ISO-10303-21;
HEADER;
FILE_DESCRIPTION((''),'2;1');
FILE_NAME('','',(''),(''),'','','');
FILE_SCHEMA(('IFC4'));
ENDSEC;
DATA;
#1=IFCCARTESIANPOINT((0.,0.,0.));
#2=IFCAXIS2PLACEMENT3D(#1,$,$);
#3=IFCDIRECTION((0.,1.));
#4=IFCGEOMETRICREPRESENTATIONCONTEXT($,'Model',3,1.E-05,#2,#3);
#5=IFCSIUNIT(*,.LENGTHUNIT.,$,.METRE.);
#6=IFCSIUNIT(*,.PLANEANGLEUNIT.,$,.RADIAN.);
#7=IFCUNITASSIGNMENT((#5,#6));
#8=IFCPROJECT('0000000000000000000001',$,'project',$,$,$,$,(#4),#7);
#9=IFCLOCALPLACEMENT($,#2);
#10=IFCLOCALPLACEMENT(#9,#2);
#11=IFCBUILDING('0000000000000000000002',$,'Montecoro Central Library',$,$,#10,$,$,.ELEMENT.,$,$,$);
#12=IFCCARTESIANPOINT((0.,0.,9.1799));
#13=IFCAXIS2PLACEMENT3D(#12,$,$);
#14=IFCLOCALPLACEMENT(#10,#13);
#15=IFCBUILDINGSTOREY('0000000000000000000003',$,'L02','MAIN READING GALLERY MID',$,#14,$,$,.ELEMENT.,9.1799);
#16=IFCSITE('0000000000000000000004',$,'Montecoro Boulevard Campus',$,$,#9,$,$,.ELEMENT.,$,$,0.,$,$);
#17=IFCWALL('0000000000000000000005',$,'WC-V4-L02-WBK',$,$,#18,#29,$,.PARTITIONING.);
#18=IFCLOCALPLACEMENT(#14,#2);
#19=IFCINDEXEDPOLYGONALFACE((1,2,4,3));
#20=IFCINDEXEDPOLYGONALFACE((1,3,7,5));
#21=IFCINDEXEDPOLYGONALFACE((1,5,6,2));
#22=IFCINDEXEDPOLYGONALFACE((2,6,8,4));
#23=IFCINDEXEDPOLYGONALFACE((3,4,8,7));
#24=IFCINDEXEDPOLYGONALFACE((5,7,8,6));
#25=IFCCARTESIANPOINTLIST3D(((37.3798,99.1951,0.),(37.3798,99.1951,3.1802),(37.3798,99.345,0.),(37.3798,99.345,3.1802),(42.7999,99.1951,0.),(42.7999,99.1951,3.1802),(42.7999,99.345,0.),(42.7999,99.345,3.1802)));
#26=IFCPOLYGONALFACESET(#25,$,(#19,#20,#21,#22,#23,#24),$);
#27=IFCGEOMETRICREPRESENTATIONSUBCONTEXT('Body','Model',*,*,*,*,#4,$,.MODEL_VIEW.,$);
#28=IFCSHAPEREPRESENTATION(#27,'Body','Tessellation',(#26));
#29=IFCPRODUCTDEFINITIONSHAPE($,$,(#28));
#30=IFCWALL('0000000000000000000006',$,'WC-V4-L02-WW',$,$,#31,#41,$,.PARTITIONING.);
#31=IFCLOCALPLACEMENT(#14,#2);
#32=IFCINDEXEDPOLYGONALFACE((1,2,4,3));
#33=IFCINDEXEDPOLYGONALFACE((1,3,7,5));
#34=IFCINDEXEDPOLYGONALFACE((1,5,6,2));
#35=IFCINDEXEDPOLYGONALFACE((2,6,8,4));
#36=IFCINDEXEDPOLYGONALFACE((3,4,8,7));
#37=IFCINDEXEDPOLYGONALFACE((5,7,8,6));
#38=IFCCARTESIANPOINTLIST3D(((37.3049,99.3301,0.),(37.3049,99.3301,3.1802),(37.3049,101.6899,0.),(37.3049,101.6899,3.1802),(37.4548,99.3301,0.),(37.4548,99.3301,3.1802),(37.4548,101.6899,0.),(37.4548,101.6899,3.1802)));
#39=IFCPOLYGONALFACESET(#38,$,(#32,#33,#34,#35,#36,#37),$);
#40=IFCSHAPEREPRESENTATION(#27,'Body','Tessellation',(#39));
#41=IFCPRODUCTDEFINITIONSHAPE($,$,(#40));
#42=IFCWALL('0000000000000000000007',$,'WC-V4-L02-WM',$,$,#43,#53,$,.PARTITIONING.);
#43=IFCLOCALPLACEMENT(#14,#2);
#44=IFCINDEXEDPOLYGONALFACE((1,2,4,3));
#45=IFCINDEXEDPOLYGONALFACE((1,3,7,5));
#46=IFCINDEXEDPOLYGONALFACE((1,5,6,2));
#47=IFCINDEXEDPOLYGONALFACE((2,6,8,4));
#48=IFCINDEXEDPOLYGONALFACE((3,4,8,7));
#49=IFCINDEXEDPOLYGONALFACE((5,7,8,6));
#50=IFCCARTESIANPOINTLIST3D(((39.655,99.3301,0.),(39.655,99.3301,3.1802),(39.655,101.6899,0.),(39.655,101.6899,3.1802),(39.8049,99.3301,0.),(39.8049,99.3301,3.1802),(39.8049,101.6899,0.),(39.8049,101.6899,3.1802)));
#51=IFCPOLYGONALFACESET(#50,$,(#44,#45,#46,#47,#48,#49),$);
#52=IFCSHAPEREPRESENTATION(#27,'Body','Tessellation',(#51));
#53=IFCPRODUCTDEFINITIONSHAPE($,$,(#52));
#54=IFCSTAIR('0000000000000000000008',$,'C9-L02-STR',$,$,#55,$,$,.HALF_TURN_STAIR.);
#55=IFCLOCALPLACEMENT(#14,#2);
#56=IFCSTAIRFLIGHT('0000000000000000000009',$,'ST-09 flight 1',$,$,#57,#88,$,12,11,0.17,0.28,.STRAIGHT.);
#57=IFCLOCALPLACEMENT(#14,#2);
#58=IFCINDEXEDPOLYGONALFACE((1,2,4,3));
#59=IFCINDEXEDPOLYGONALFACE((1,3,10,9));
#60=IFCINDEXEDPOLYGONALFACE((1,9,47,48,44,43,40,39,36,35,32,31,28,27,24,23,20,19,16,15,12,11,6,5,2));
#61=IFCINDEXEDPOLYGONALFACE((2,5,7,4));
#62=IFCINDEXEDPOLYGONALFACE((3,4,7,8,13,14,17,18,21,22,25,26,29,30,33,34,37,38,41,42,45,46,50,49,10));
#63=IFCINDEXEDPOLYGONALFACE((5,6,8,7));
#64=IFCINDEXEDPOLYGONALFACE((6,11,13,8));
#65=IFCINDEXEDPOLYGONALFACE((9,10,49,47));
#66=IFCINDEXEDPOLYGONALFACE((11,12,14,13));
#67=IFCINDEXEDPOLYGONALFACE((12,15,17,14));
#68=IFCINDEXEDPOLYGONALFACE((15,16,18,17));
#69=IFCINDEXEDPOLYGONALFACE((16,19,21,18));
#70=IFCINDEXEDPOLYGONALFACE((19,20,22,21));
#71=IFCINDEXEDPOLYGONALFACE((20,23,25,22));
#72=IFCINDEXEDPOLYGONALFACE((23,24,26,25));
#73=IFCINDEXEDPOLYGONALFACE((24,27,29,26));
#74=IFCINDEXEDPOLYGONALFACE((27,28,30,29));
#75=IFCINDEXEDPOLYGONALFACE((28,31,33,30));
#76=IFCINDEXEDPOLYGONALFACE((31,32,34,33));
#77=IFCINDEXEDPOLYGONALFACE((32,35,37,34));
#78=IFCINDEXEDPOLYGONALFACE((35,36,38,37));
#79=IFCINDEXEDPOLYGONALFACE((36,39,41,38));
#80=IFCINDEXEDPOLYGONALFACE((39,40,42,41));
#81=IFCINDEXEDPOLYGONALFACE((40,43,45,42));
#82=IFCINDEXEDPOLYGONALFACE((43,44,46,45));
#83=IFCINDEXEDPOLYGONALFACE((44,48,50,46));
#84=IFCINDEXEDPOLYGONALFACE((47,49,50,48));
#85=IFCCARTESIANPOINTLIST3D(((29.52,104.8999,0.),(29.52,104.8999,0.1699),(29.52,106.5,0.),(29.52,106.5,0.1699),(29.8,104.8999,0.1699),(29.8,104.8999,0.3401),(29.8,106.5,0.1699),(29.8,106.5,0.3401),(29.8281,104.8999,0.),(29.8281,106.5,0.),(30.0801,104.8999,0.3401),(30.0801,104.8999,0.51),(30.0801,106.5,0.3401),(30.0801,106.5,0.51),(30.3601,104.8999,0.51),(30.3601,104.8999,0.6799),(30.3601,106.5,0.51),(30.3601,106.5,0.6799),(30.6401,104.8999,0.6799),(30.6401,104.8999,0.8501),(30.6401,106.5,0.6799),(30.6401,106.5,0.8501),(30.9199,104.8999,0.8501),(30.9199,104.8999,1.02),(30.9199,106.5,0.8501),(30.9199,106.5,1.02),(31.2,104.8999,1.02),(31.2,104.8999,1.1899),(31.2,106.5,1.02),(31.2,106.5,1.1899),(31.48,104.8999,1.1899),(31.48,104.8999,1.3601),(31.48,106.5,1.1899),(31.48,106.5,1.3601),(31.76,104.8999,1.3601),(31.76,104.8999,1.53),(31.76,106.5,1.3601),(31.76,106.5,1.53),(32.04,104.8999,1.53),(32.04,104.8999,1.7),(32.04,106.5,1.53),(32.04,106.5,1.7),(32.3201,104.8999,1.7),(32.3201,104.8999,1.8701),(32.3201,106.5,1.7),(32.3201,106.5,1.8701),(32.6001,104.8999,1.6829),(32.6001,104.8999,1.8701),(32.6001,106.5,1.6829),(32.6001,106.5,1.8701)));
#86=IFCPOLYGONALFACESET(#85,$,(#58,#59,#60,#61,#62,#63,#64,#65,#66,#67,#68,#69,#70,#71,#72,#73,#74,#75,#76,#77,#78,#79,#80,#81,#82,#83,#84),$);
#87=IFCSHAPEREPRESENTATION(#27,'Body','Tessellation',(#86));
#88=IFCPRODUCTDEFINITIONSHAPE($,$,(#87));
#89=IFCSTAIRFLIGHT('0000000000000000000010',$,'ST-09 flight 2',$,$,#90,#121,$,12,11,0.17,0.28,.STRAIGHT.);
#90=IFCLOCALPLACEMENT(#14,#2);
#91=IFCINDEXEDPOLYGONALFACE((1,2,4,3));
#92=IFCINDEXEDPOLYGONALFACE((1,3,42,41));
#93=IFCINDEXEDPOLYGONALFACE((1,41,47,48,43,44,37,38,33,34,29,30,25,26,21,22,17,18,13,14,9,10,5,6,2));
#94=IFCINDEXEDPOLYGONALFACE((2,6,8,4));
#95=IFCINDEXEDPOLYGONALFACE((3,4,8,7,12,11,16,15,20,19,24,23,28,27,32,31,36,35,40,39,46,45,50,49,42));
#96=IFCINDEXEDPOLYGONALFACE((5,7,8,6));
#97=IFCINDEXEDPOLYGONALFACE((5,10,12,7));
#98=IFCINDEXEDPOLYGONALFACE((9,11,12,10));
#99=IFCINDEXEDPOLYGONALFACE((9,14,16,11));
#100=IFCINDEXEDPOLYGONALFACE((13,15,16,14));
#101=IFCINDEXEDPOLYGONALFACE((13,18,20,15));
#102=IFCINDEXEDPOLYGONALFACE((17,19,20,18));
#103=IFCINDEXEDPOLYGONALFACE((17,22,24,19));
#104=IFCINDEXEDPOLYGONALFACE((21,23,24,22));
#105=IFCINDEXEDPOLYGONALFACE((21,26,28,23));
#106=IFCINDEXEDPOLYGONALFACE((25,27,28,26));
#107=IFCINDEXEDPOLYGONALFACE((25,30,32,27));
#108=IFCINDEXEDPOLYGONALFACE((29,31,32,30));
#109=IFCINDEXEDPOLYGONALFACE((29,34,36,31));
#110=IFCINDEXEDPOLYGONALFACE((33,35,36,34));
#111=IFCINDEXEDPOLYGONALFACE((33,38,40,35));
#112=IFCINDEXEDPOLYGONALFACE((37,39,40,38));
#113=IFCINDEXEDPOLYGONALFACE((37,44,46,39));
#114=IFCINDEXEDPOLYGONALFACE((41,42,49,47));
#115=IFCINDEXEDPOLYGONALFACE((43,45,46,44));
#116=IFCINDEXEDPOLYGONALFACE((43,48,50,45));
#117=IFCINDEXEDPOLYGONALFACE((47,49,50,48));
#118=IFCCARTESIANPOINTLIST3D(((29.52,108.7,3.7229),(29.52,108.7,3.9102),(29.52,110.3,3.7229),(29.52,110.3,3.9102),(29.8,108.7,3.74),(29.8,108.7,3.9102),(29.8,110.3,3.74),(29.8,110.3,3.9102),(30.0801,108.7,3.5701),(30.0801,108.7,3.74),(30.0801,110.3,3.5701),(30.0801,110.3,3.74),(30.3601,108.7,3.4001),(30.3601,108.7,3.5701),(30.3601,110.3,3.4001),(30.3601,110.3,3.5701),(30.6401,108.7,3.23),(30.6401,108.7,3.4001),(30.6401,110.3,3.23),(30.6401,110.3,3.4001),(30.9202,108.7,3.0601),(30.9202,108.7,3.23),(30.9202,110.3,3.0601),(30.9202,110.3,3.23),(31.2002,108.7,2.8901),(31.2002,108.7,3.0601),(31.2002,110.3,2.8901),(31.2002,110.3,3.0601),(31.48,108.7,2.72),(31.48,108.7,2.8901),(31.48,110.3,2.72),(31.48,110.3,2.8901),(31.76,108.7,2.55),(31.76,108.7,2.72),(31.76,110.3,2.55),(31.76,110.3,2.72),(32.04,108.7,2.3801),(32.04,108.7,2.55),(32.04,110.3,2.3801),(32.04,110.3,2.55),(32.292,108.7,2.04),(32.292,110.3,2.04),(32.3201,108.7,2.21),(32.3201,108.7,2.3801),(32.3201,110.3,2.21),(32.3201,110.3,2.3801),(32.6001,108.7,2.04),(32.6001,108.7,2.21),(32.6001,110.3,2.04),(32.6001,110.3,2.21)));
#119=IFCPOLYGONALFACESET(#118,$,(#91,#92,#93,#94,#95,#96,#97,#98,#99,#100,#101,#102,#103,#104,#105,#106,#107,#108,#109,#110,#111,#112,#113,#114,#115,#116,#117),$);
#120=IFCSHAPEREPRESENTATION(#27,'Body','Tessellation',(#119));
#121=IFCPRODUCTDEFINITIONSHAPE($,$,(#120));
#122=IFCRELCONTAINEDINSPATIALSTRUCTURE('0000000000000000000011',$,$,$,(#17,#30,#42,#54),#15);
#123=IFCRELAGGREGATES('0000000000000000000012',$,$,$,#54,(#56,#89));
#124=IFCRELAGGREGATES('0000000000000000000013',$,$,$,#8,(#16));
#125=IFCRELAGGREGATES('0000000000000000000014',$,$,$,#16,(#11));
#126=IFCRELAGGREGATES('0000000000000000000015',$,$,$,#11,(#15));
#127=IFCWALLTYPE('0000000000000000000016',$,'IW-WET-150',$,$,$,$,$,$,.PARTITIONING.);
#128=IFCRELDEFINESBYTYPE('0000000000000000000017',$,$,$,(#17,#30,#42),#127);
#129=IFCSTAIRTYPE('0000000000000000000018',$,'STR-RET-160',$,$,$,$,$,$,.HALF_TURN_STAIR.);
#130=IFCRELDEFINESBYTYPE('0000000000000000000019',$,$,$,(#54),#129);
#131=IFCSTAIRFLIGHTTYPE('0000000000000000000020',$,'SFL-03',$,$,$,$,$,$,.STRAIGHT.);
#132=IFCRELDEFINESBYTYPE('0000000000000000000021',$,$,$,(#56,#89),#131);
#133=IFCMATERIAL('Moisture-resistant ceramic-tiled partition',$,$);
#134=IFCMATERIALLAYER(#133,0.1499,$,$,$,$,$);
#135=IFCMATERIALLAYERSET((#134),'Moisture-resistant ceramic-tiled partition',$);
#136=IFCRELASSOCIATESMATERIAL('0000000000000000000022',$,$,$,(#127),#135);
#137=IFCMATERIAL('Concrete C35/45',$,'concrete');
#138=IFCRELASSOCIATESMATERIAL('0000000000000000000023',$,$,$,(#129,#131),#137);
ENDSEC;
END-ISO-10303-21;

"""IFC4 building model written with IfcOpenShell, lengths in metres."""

from ifc_helpers import new_model, si_unit, direction, frame, frame_2d, origin, place, context, subcontext, project, spatial, polyline, rectangle, outline, extrude, material, layer, layer_set, type_object, element, aggregate, save


model = new_model("IFC4")

# Units and contexts
model_context = context("Model", 3, precision=1e-05, world=origin(), true_north=direction((0.0, 1.0)))
body_context = subcontext(model_context, "Body", "Model", "MODEL_VIEW")
ifc_project = project(units=[si_unit("LENGTHUNIT", "METRE"), si_unit("PLANEANGLEUNIT", "RADIAN")], contexts=[model_context])

# Site, building, storey
site_placement = place(None, origin())
site = spatial("IfcSite", under=ifc_project, at=site_placement, Name="Montecoro Boulevard Campus", CompositionType="ELEMENT", RefElevation=0.0)
building_placement = place(site_placement, origin())
building = spatial("IfcBuilding", under=site, at=building_placement, Name="Montecoro Central Library", CompositionType="ELEMENT")
storey_placement = place(building_placement, frame((0.0, 0.0, 9.1799)))
storey = spatial("IfcBuildingStorey", under=building, at=storey_placement, Name="L02", Description="MAIN READING GALLERY MID", CompositionType="ELEMENT", Elevation=9.1799)

# Walls
ifc_material_1 = material(Name="Concrete C35/45", Category="concrete")
ifc_material_2 = material(Name="Moisture-resistant ceramic-tiled partition")
ifc_layer_1 = layer(ifc_material_2, 0.1499)
ifc_layer_set_1 = layer_set([ifc_layer_1], Name="Moisture-resistant ceramic-tiled partition")
wall_type_1 = type_object("IfcWallType", Name="IW-WET-150", PredefinedType="PARTITIONING", material=ifc_layer_set_1)
wall_1_placement = place(storey_placement, frame((37.3799, 99.27, 0.0), z_axis=(0.0, 0.0, 1.0), x_axis=(1.0, 0.0, 0.0)))
element("IfcWall", 1, at=wall_1_placement, inside=storey, type_object=wall_type_1, Name="WC-V4-L02-WBK", PredefinedType="PARTITIONING", context=body_context, shape_type="SweptSolid", body=[
    extrude(rectangle(XDim=5.4202, YDim=0.1499, at=frame_2d((2.71, 0.0))), origin(), (0.0, 0.0, 1.0), 3.1802),
])
for number, where, z_axis, x_axis, name in (
    (2, (37.3799, 99.3301, 0.0), (0.0, 0.0, 1.0), (0.0, 1.0, 0.0), "WC-V4-L02-WW"),
    (3, (39.73, 99.3301, 0.0), (0.0, 0.0, 1.0), (0.0, 1.0, 0.0), "WC-V4-L02-WM"),
):
    element("IfcWall", number, at=place(storey_placement, frame(where, z_axis=z_axis, x_axis=x_axis)), inside=storey, type_object=wall_type_1, Name=name, PredefinedType="PARTITIONING", context=body_context, shape_type="SweptSolid", body=[
        extrude(rectangle(XDim=2.3599, YDim=0.1499, at=frame_2d((1.1799, 0.0))), origin(), (0.0, 0.0, 1.0), 3.1802),
    ])

# Stair, stair flights
stair_type = type_object("IfcStairType", Name="STR-RET-160", PredefinedType="HALF_TURN_STAIR", material=ifc_material_1)
stair_placement = place(storey_placement, origin())
stair = element("IfcStair", 4, at=stair_placement, inside=storey, type_object=stair_type, Name="C9-L02-STR", PredefinedType="HALF_TURN_STAIR")
stair_flight_type = type_object("IfcStairFlightType", Name="SFL-03", PredefinedType="STRAIGHT", material=ifc_material_1)
stair_flight_1_placement = place(storey_placement, frame((29.52, 105.7, 0.0), z_axis=(0.0, 0.0, 1.0), x_axis=(1.0, 0.0, 0.0)))
stair_flight_1 = element("IfcStairFlight", 5, at=stair_flight_1_placement, type_object=stair_flight_type, Name="ST-09 flight 1", NumberOfRisers=12, NumberOfTreads=11, PredefinedType="STRAIGHT", RiserHeight=0.17, TreadLength=0.28, context=body_context, shape_type="SweptSolid", body=[
    extrude(outline(polyline([(0.0, 0.0), (0.0, 0.1699), (0.28, 0.1699), (0.28, 0.3401), (0.5601, 0.3401), (0.5601, 0.51), (0.8401, 0.51), (0.8401, 0.6799), (1.1201, 0.6799), (1.1201, 0.8501), (1.3999, 0.8501), (1.3999, 1.02), (1.6799, 1.02), (1.6799, 1.1899), (1.96, 1.1899), (1.96, 1.3601), (2.24, 1.3601), (2.24, 1.53), (2.52, 1.53), (2.52, 1.7), (2.8, 1.7), (2.8, 1.8701), (3.0801, 1.8701), (3.0801, 2.04), (3.0801, 1.6829), (0.3081, 0.0), (0.0, 0.0)])), frame((0.0, 0.8, 0.0), z_axis=(0.0, -1.0, 0.0), x_axis=(1.0, 0.0, 0.0)), (0.0, 0.0, 1.0), 1.6001),
])
stair_flight_2_placement = place(storey_placement, frame((32.6001, 109.5, 2.04), z_axis=(0.0, 0.0, 1.0), x_axis=(-1.0, 0.0, 0.0)))
stair_flight_2 = element("IfcStairFlight", 6, at=stair_flight_2_placement, type_object=stair_flight_type, Name="ST-09 flight 2", NumberOfRisers=12, NumberOfTreads=11, PredefinedType="STRAIGHT", RiserHeight=0.17, TreadLength=0.28, context=body_context, shape_type="SweptSolid", body=[
    extrude(outline(polyline([(0.0, 0.0), (0.0, 0.1699), (0.28, 0.1699), (0.28, 0.3401), (0.5601, 0.3401), (0.5601, 0.51), (0.8401, 0.51), (0.8401, 0.6799), (1.1201, 0.6799), (1.1201, 0.8501), (1.3999, 0.8501), (1.3999, 1.02), (1.6799, 1.02), (1.6799, 1.1899), (1.96, 1.1899), (1.96, 1.3601), (2.24, 1.3601), (2.24, 1.53), (2.52, 1.53), (2.52, 1.7), (2.8, 1.7), (2.8, 1.8701), (3.0801, 1.8701), (3.0801, 2.04), (3.0801, 1.6829), (0.3081, 0.0), (0.0, 0.0)])), frame((0.0, 0.8, 0.0), z_axis=(0.0, -1.0, 0.0), x_axis=(1.0, 0.0, 0.0)), (0.0, 0.0, 1.0), 1.6001),
])
aggregate(stair, [stair_flight_1, stair_flight_2])

save(model, "model.ifc")
